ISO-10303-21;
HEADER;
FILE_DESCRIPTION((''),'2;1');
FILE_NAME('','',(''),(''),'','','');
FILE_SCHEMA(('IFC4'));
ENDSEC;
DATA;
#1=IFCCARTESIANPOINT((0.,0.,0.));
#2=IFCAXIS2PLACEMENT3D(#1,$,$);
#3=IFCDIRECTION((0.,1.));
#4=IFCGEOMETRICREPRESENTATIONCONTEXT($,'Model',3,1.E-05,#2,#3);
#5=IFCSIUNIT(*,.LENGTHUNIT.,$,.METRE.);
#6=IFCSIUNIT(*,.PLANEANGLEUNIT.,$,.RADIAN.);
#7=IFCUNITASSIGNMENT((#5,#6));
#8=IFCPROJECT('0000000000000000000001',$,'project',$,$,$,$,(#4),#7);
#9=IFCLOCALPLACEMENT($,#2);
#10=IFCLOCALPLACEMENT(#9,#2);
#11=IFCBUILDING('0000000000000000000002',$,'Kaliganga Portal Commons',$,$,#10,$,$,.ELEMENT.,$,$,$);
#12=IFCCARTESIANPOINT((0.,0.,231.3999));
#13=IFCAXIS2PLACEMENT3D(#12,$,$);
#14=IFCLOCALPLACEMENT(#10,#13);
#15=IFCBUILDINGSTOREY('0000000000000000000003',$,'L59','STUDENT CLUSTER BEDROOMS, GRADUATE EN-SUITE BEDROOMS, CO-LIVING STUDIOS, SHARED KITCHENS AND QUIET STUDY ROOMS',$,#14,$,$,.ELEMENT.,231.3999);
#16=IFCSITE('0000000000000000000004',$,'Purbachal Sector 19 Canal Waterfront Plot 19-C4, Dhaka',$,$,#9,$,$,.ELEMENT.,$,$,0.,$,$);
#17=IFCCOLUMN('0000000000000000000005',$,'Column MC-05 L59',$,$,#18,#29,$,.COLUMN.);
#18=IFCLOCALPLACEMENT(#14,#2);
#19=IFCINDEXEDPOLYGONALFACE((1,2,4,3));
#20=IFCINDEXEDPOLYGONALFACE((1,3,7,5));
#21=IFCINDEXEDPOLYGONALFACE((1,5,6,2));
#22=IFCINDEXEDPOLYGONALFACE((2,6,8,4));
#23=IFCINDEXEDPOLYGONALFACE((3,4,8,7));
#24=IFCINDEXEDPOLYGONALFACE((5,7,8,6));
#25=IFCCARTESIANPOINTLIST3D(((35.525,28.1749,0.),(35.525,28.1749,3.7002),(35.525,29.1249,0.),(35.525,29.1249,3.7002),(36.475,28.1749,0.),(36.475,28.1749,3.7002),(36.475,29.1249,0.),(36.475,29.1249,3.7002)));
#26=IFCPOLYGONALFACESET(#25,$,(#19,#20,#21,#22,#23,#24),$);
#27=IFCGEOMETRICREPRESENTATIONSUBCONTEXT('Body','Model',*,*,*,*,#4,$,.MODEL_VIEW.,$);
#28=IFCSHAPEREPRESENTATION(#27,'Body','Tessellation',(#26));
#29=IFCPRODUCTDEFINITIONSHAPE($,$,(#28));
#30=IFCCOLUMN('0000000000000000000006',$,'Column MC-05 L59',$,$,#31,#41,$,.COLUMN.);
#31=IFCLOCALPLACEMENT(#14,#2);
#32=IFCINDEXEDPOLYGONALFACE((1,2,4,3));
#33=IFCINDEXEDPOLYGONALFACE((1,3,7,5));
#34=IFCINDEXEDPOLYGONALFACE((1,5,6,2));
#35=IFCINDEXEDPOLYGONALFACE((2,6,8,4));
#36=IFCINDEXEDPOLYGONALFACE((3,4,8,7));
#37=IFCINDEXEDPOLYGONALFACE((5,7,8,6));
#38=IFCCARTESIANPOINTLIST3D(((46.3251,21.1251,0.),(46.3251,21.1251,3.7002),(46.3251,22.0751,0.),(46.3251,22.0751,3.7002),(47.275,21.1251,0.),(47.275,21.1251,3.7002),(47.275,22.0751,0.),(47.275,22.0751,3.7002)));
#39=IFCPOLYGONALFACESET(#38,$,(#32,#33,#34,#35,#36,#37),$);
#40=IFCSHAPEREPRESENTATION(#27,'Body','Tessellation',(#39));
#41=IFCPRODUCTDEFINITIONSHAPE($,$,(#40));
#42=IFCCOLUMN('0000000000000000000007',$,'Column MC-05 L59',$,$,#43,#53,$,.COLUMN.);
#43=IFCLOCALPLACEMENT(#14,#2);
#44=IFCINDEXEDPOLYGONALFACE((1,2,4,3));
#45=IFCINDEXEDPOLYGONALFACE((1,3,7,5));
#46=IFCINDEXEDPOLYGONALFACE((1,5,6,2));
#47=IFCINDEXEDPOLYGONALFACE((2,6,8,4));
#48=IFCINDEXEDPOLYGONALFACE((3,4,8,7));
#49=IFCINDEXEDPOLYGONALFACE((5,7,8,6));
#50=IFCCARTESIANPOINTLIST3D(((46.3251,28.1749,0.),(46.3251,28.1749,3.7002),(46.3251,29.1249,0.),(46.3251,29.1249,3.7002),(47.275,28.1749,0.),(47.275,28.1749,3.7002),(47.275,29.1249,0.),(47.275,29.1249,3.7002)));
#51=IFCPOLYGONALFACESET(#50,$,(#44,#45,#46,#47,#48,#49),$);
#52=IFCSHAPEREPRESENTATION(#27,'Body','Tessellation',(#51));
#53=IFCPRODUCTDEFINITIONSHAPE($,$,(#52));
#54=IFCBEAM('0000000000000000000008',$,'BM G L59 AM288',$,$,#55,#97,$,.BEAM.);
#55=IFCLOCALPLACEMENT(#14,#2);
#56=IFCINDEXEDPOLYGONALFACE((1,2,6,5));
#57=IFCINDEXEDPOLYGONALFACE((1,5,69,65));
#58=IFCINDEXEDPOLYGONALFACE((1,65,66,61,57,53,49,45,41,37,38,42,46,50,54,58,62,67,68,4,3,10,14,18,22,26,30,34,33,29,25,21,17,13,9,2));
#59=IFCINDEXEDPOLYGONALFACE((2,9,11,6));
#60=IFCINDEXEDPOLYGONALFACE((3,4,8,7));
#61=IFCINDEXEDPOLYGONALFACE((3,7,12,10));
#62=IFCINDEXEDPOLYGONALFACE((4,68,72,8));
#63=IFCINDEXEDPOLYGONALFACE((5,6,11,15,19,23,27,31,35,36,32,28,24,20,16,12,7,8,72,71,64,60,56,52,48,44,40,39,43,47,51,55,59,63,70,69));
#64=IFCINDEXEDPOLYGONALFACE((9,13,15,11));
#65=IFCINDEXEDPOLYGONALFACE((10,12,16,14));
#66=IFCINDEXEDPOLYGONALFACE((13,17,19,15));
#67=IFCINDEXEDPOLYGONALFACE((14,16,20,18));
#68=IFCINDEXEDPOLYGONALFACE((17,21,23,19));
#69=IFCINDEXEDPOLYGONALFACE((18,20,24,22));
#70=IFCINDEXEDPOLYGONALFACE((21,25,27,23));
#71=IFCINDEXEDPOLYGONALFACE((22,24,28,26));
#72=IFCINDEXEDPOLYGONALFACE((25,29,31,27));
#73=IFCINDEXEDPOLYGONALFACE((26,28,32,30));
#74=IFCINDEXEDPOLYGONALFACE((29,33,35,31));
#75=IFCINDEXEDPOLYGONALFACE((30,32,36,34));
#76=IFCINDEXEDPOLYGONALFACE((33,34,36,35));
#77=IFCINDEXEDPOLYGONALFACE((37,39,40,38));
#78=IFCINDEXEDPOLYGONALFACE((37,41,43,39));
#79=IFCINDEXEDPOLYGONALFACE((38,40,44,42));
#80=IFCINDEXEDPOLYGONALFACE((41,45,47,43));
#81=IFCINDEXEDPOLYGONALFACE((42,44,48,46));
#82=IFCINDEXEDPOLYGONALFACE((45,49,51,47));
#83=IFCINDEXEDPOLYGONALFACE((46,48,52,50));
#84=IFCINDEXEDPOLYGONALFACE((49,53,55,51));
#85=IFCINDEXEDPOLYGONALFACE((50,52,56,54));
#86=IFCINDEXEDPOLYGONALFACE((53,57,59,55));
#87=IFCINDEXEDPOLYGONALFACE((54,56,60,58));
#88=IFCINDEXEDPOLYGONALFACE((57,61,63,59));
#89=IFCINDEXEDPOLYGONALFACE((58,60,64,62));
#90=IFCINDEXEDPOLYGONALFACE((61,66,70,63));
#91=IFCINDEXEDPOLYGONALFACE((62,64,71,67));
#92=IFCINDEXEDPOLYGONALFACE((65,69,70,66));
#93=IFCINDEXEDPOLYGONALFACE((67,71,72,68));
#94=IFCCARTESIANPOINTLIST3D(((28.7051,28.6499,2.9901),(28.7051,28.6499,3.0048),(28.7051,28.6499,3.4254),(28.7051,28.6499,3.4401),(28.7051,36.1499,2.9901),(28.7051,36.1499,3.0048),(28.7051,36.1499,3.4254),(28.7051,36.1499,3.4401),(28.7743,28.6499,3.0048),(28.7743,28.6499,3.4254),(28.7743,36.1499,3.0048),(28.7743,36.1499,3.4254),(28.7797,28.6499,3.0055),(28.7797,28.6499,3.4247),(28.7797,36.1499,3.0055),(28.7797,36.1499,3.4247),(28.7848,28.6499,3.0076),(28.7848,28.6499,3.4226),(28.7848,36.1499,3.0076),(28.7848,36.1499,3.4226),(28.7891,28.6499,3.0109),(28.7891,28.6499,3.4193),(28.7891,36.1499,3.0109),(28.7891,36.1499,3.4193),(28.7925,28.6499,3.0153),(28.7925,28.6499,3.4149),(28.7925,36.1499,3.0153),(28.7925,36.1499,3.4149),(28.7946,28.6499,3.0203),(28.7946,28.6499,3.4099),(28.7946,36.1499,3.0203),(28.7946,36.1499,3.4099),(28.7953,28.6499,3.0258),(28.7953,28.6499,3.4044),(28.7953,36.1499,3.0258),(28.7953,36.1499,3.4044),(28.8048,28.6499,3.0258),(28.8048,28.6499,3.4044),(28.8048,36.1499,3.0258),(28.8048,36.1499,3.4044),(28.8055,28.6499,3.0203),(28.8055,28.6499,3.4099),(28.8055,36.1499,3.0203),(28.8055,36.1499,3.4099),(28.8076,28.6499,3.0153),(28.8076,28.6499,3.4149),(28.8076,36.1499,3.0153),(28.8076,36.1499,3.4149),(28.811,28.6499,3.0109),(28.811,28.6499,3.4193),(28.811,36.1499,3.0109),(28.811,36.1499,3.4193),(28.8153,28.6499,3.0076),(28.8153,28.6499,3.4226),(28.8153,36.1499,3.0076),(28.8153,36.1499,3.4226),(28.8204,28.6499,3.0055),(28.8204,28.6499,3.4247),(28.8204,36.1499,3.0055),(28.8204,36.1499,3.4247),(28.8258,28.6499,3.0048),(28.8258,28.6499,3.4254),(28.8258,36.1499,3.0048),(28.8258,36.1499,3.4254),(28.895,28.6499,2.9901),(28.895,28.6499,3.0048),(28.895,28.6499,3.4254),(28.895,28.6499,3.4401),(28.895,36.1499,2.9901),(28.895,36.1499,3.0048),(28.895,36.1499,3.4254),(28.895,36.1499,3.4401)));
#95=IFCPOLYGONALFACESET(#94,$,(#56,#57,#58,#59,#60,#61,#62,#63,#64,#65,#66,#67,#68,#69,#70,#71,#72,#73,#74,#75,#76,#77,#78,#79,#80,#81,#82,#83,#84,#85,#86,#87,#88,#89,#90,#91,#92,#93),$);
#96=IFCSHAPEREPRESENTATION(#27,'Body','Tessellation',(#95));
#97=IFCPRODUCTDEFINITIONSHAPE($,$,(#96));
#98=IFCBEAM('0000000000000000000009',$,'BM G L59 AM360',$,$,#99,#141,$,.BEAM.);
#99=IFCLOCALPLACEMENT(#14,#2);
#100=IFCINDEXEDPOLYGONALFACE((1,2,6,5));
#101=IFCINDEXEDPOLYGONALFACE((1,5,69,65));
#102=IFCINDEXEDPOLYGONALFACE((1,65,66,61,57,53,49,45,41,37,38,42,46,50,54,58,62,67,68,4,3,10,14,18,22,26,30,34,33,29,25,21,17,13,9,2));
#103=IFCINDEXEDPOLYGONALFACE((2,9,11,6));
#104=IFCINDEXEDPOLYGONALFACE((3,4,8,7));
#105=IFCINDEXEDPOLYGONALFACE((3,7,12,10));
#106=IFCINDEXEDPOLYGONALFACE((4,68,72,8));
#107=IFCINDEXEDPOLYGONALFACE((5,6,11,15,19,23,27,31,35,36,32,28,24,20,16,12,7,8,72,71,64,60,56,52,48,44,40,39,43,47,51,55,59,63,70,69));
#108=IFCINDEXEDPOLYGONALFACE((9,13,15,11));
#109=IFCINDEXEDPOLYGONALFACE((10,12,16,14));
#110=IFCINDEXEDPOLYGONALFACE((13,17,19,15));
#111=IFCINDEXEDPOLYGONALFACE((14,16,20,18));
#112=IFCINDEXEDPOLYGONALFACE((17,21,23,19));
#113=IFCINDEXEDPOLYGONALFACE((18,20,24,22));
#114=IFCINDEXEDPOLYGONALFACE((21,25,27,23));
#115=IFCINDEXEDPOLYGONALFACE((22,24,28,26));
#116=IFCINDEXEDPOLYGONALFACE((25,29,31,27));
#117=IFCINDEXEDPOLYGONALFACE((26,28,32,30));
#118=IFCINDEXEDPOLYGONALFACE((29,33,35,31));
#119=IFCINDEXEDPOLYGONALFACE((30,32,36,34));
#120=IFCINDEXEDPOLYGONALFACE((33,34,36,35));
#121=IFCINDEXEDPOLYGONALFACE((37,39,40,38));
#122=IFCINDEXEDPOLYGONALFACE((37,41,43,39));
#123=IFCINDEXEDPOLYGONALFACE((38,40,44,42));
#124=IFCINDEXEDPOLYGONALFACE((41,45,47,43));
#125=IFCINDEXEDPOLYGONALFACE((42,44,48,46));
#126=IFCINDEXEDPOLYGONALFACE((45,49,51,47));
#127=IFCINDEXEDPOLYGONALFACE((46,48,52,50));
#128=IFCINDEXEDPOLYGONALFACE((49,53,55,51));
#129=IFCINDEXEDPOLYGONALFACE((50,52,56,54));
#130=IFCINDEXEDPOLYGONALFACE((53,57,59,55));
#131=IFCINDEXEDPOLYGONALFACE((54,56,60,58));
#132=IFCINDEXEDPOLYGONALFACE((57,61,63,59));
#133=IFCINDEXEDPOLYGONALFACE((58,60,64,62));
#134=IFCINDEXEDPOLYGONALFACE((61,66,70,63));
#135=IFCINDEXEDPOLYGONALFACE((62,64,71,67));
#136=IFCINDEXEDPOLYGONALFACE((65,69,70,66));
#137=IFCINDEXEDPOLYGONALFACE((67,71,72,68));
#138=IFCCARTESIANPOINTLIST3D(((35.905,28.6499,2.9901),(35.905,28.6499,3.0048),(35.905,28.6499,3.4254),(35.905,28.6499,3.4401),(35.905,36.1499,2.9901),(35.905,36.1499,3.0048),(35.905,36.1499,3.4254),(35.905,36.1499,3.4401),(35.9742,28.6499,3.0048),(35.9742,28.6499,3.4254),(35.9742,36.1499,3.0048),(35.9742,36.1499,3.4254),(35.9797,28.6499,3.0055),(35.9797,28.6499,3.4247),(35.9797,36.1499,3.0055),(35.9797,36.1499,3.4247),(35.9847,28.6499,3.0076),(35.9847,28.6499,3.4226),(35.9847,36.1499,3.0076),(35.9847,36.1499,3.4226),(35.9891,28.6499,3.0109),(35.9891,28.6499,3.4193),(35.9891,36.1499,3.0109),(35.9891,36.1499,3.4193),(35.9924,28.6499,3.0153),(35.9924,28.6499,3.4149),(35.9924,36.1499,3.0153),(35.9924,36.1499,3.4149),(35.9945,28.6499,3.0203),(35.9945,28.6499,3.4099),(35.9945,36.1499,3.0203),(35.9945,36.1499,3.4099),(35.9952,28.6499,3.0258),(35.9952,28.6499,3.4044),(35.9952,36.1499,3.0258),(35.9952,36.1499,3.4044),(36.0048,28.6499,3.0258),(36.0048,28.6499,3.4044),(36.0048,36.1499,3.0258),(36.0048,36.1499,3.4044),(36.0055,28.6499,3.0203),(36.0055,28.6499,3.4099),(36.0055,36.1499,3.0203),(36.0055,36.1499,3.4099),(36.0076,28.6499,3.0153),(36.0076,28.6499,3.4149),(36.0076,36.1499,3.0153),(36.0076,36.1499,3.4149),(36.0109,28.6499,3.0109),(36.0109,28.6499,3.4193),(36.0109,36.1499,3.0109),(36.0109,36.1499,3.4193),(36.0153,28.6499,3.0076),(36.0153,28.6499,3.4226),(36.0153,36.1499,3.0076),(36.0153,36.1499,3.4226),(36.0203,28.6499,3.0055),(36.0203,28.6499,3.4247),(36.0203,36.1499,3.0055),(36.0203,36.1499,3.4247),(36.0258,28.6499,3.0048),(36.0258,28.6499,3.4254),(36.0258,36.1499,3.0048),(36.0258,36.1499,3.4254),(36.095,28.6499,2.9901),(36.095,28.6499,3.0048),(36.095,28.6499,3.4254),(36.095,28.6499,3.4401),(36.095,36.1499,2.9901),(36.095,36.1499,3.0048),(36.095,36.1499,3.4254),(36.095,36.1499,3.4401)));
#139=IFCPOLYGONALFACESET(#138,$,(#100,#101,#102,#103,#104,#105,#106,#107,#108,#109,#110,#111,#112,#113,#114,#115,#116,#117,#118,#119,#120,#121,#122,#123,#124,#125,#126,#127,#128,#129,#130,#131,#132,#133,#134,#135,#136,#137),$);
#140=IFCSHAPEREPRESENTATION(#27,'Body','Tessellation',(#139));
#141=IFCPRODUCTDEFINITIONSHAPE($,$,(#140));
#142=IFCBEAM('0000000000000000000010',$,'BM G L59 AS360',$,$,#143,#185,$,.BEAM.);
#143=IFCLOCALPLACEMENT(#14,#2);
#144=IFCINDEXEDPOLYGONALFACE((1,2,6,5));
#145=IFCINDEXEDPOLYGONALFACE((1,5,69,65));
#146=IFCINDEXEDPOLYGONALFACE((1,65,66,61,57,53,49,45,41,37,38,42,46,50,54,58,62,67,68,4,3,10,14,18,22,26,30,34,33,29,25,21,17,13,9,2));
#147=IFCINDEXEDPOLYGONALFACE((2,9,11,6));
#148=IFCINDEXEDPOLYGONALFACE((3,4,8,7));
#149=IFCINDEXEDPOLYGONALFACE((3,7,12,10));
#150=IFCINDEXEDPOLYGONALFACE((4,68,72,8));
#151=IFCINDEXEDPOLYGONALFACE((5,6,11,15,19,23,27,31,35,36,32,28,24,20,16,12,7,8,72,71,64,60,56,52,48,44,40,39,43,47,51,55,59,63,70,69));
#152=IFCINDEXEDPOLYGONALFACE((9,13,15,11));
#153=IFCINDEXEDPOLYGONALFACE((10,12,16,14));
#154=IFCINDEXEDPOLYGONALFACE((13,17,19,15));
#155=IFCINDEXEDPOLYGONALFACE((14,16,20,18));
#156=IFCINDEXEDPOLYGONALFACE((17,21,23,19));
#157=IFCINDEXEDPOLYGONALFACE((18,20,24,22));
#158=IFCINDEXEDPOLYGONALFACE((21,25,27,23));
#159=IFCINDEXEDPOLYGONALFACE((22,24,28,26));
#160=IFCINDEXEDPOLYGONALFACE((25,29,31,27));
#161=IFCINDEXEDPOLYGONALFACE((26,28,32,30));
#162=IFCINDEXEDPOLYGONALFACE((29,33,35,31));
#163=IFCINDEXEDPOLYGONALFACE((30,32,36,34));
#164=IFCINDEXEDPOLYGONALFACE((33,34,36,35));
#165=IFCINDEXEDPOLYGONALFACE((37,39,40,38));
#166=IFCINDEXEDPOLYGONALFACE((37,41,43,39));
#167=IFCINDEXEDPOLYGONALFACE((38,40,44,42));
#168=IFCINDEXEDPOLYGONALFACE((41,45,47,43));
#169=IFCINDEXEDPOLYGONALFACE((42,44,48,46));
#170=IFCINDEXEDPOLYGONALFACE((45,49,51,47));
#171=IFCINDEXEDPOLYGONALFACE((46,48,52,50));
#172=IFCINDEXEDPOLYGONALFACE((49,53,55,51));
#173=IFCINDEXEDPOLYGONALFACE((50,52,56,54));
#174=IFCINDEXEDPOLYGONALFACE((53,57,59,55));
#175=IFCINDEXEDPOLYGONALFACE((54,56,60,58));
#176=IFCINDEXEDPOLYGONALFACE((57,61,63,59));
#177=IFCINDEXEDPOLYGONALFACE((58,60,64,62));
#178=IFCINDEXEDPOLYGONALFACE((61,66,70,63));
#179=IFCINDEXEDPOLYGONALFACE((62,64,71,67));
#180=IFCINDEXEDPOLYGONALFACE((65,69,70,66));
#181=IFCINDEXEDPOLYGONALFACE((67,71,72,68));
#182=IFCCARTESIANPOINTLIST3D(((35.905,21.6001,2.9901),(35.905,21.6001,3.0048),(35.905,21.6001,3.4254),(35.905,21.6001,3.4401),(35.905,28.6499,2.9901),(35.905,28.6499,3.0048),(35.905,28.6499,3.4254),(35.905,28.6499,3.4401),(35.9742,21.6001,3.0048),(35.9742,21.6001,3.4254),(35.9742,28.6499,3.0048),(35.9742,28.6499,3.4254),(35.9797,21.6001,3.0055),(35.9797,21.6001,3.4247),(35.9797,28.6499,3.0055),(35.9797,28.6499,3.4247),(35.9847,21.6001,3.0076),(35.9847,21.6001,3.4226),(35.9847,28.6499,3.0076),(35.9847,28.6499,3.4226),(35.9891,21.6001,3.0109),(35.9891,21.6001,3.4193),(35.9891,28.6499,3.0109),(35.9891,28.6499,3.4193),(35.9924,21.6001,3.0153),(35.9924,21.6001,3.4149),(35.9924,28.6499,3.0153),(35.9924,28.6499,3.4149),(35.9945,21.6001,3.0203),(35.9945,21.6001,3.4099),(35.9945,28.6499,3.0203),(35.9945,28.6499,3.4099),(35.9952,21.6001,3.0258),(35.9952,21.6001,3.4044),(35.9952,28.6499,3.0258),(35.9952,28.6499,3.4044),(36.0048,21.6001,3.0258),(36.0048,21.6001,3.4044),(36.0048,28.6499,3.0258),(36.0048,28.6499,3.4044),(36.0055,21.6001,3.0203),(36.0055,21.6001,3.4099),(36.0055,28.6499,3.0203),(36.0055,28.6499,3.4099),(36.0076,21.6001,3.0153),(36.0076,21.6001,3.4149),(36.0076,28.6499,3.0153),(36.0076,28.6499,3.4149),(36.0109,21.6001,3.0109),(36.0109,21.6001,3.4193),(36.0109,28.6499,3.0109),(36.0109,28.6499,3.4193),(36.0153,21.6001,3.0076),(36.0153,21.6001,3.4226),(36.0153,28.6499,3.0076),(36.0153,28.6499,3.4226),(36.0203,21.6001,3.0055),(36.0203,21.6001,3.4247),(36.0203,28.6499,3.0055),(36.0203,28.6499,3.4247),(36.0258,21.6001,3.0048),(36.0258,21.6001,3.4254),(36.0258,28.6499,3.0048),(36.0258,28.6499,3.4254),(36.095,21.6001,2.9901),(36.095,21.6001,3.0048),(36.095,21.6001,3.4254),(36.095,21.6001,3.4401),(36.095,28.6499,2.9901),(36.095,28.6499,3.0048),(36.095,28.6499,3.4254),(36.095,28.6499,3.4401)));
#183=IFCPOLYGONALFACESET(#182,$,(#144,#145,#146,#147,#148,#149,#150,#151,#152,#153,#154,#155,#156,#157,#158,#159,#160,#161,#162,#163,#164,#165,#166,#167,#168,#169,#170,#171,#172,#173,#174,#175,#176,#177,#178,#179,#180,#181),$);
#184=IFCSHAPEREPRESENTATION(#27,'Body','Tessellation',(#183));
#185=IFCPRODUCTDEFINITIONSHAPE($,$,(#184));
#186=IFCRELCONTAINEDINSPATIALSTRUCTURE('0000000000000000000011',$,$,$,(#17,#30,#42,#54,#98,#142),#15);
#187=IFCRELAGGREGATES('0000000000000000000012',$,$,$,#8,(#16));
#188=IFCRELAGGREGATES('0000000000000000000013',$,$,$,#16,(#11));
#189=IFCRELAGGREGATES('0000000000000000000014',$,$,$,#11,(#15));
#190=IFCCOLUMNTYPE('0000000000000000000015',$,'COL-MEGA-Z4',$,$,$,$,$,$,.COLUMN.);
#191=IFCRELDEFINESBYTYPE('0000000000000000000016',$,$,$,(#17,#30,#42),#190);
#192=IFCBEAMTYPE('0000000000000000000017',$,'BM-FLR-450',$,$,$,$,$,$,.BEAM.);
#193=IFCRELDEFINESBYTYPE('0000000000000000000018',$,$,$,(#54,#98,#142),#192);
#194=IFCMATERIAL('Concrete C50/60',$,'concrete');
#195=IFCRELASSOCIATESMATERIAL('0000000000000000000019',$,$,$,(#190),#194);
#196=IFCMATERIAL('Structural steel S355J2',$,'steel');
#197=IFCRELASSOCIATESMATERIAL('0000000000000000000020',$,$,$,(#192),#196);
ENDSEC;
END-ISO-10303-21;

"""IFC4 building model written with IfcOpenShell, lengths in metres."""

from ifc_helpers import new_model, si_unit, direction, frame, origin, origin_2d, place, context, subcontext, project, spatial, rectangle, i_section, extrude, source, transform, mapped, material, material_profile, profile_set, type_object, element, save


model = new_model("IFC4")

# Units and contexts
model_context = context("Model", 3, precision=1e-05, world=origin(), true_north=direction((0.0, 1.0)))
body_context = subcontext(model_context, "Body", "Model", "MODEL_VIEW")
ifc_project = project(units=[si_unit("LENGTHUNIT", "METRE"), si_unit("PLANEANGLEUNIT", "RADIAN")], contexts=[model_context])

# Site, building, storey
site_placement = place(None, origin())
site = spatial("IfcSite", under=ifc_project, at=site_placement, Name="Purbachal Sector 19 Canal Waterfront Plot 19-C4, Dhaka", CompositionType="ELEMENT", RefElevation=0.0)
building_placement = place(site_placement, origin())
building = spatial("IfcBuilding", under=site, at=building_placement, Name="Kaliganga Portal Commons", CompositionType="ELEMENT")
storey_placement = place(building_placement, frame((0.0, 0.0, 231.3999)))
storey = spatial("IfcBuildingStorey", under=building, at=storey_placement, Name="L59", Description="STUDENT CLUSTER BEDROOMS, GRADUATE EN-SUITE BEDROOMS, CO-LIVING STUDIOS, SHARED KITCHENS AND QUIET STUDY ROOMS", CompositionType="ELEMENT", Elevation=231.3999)

# Columns
ifc_material_1 = material(Name="Concrete C50/60", Category="concrete")
ifc_material_profile_1 = material_profile(ifc_material_1, rectangle(XDim=0.95, YDim=0.95, at=origin_2d()), Name="RC 950x950")
ifc_profile_set_1 = profile_set([ifc_material_profile_1], Name="Concrete C50/60")
column_type = type_object("IfcColumnType", Name="COL-MEGA-Z4", PredefinedType="COLUMN", material=ifc_profile_set_1)
shared_shape_1 = source(origin(), body_context, "Body", "SweptSolid", [
    extrude(rectangle(XDim=0.95, YDim=0.95, at=origin_2d()), origin(), (0.0, 0.0, 1.0), 3.7002),
])
for number, where, z_axis, x_axis, name in (
    (1, (36.0, 28.6499, 0.0), (0.0, 0.0, 1.0), (1.0, 0.0, 0.0), "Column MC-05 L59"),
    (2, (46.8, 21.6001, 0.0), (0.0, 0.0, 1.0), (1.0, 0.0, 0.0), "Column MC-05 L59"),
    (3, (46.8, 28.6499, 0.0), (0.0, 0.0, 1.0), (1.0, 0.0, 0.0), "Column MC-05 L59"),
):
    element("IfcColumn", number, at=place(storey_placement, frame(where, z_axis=z_axis, x_axis=x_axis)), inside=storey, type_object=column_type, Name=name, PredefinedType="COLUMN", context=body_context, shape_type="MappedRepresentation", body=[
        mapped(shared_shape_1, transform((0.0, 0.0, 0.0), x_axis=(1.0, 0.0, 0.0), y_axis=(0.0, 1.0, 0.0), z_axis=(0.0, 0.0, 1.0), scale=1.0)),
    ])

# Beams
ifc_material_2 = material(Name="Structural steel S355J2", Category="steel")
ifc_material_profile_2 = material_profile(ifc_material_2, i_section(OverallWidth=0.1899, OverallDepth=0.45, WebThickness=0.0095, FlangeThickness=0.0146, FilletRadius=0.021, at=origin_2d()), Name="IPE 450")
ifc_profile_set_2 = profile_set([ifc_material_profile_2], Name="Structural steel S355J2 wide-flange")
beam_type_1 = type_object("IfcBeamType", Name="BM-FLR-450", PredefinedType="BEAM", material=ifc_profile_set_2)
shared_shape_2 = source(origin(), body_context, "Body", "SweptSolid", [
    extrude(i_section(OverallWidth=0.1899, OverallDepth=0.45, WebThickness=0.0095, FlangeThickness=0.0146, FilletRadius=0.021, at=origin_2d()), origin(), (0.0, 0.0, 1.0), 7.5),
])
for number, where, z_axis, x_axis, name in (
    (4, (28.8, 28.6499, 3.2151), (0.0, 1.0, 0.0), (-1.0, 0.0, 0.0), "BM G L59 AM288"),
    (5, (36.0, 28.6499, 3.2151), (0.0, 1.0, 0.0), (-1.0, 0.0, 0.0), "BM G L59 AM360"),
):
    element("IfcBeam", number, at=place(storey_placement, frame(where, z_axis=z_axis, x_axis=x_axis)), inside=storey, type_object=beam_type_1, Name=name, PredefinedType="BEAM", context=body_context, shape_type="MappedRepresentation", body=[
        mapped(shared_shape_2, transform((0.0, 0.0, 0.0), x_axis=(1.0, 0.0, 0.0), y_axis=(0.0, 1.0, 0.0), z_axis=(0.0, 0.0, 1.0), scale=1.0)),
    ])
shared_shape_3 = source(origin(), body_context, "Body", "SweptSolid", [
    extrude(i_section(OverallWidth=0.1899, OverallDepth=0.45, WebThickness=0.0095, FlangeThickness=0.0146, FilletRadius=0.021, at=origin_2d()), origin(), (0.0, 0.0, 1.0), 7.0498),
])
for number, where, z_axis, x_axis, name in (
    (6, (36.0, 21.6001, 3.2151), (0.0, 1.0, 0.0), (-1.0, 0.0, 0.0), "BM G L59 AS360"),
):
    element("IfcBeam", number, at=place(storey_placement, frame(where, z_axis=z_axis, x_axis=x_axis)), inside=storey, type_object=beam_type_1, Name=name, PredefinedType="BEAM", context=body_context, shape_type="MappedRepresentation", body=[
        mapped(shared_shape_3, transform((0.0, 0.0, 0.0), x_axis=(1.0, 0.0, 0.0), y_axis=(0.0, 1.0, 0.0), z_axis=(0.0, 0.0, 1.0), scale=1.0)),
    ])

save(model, "model.ifc")
